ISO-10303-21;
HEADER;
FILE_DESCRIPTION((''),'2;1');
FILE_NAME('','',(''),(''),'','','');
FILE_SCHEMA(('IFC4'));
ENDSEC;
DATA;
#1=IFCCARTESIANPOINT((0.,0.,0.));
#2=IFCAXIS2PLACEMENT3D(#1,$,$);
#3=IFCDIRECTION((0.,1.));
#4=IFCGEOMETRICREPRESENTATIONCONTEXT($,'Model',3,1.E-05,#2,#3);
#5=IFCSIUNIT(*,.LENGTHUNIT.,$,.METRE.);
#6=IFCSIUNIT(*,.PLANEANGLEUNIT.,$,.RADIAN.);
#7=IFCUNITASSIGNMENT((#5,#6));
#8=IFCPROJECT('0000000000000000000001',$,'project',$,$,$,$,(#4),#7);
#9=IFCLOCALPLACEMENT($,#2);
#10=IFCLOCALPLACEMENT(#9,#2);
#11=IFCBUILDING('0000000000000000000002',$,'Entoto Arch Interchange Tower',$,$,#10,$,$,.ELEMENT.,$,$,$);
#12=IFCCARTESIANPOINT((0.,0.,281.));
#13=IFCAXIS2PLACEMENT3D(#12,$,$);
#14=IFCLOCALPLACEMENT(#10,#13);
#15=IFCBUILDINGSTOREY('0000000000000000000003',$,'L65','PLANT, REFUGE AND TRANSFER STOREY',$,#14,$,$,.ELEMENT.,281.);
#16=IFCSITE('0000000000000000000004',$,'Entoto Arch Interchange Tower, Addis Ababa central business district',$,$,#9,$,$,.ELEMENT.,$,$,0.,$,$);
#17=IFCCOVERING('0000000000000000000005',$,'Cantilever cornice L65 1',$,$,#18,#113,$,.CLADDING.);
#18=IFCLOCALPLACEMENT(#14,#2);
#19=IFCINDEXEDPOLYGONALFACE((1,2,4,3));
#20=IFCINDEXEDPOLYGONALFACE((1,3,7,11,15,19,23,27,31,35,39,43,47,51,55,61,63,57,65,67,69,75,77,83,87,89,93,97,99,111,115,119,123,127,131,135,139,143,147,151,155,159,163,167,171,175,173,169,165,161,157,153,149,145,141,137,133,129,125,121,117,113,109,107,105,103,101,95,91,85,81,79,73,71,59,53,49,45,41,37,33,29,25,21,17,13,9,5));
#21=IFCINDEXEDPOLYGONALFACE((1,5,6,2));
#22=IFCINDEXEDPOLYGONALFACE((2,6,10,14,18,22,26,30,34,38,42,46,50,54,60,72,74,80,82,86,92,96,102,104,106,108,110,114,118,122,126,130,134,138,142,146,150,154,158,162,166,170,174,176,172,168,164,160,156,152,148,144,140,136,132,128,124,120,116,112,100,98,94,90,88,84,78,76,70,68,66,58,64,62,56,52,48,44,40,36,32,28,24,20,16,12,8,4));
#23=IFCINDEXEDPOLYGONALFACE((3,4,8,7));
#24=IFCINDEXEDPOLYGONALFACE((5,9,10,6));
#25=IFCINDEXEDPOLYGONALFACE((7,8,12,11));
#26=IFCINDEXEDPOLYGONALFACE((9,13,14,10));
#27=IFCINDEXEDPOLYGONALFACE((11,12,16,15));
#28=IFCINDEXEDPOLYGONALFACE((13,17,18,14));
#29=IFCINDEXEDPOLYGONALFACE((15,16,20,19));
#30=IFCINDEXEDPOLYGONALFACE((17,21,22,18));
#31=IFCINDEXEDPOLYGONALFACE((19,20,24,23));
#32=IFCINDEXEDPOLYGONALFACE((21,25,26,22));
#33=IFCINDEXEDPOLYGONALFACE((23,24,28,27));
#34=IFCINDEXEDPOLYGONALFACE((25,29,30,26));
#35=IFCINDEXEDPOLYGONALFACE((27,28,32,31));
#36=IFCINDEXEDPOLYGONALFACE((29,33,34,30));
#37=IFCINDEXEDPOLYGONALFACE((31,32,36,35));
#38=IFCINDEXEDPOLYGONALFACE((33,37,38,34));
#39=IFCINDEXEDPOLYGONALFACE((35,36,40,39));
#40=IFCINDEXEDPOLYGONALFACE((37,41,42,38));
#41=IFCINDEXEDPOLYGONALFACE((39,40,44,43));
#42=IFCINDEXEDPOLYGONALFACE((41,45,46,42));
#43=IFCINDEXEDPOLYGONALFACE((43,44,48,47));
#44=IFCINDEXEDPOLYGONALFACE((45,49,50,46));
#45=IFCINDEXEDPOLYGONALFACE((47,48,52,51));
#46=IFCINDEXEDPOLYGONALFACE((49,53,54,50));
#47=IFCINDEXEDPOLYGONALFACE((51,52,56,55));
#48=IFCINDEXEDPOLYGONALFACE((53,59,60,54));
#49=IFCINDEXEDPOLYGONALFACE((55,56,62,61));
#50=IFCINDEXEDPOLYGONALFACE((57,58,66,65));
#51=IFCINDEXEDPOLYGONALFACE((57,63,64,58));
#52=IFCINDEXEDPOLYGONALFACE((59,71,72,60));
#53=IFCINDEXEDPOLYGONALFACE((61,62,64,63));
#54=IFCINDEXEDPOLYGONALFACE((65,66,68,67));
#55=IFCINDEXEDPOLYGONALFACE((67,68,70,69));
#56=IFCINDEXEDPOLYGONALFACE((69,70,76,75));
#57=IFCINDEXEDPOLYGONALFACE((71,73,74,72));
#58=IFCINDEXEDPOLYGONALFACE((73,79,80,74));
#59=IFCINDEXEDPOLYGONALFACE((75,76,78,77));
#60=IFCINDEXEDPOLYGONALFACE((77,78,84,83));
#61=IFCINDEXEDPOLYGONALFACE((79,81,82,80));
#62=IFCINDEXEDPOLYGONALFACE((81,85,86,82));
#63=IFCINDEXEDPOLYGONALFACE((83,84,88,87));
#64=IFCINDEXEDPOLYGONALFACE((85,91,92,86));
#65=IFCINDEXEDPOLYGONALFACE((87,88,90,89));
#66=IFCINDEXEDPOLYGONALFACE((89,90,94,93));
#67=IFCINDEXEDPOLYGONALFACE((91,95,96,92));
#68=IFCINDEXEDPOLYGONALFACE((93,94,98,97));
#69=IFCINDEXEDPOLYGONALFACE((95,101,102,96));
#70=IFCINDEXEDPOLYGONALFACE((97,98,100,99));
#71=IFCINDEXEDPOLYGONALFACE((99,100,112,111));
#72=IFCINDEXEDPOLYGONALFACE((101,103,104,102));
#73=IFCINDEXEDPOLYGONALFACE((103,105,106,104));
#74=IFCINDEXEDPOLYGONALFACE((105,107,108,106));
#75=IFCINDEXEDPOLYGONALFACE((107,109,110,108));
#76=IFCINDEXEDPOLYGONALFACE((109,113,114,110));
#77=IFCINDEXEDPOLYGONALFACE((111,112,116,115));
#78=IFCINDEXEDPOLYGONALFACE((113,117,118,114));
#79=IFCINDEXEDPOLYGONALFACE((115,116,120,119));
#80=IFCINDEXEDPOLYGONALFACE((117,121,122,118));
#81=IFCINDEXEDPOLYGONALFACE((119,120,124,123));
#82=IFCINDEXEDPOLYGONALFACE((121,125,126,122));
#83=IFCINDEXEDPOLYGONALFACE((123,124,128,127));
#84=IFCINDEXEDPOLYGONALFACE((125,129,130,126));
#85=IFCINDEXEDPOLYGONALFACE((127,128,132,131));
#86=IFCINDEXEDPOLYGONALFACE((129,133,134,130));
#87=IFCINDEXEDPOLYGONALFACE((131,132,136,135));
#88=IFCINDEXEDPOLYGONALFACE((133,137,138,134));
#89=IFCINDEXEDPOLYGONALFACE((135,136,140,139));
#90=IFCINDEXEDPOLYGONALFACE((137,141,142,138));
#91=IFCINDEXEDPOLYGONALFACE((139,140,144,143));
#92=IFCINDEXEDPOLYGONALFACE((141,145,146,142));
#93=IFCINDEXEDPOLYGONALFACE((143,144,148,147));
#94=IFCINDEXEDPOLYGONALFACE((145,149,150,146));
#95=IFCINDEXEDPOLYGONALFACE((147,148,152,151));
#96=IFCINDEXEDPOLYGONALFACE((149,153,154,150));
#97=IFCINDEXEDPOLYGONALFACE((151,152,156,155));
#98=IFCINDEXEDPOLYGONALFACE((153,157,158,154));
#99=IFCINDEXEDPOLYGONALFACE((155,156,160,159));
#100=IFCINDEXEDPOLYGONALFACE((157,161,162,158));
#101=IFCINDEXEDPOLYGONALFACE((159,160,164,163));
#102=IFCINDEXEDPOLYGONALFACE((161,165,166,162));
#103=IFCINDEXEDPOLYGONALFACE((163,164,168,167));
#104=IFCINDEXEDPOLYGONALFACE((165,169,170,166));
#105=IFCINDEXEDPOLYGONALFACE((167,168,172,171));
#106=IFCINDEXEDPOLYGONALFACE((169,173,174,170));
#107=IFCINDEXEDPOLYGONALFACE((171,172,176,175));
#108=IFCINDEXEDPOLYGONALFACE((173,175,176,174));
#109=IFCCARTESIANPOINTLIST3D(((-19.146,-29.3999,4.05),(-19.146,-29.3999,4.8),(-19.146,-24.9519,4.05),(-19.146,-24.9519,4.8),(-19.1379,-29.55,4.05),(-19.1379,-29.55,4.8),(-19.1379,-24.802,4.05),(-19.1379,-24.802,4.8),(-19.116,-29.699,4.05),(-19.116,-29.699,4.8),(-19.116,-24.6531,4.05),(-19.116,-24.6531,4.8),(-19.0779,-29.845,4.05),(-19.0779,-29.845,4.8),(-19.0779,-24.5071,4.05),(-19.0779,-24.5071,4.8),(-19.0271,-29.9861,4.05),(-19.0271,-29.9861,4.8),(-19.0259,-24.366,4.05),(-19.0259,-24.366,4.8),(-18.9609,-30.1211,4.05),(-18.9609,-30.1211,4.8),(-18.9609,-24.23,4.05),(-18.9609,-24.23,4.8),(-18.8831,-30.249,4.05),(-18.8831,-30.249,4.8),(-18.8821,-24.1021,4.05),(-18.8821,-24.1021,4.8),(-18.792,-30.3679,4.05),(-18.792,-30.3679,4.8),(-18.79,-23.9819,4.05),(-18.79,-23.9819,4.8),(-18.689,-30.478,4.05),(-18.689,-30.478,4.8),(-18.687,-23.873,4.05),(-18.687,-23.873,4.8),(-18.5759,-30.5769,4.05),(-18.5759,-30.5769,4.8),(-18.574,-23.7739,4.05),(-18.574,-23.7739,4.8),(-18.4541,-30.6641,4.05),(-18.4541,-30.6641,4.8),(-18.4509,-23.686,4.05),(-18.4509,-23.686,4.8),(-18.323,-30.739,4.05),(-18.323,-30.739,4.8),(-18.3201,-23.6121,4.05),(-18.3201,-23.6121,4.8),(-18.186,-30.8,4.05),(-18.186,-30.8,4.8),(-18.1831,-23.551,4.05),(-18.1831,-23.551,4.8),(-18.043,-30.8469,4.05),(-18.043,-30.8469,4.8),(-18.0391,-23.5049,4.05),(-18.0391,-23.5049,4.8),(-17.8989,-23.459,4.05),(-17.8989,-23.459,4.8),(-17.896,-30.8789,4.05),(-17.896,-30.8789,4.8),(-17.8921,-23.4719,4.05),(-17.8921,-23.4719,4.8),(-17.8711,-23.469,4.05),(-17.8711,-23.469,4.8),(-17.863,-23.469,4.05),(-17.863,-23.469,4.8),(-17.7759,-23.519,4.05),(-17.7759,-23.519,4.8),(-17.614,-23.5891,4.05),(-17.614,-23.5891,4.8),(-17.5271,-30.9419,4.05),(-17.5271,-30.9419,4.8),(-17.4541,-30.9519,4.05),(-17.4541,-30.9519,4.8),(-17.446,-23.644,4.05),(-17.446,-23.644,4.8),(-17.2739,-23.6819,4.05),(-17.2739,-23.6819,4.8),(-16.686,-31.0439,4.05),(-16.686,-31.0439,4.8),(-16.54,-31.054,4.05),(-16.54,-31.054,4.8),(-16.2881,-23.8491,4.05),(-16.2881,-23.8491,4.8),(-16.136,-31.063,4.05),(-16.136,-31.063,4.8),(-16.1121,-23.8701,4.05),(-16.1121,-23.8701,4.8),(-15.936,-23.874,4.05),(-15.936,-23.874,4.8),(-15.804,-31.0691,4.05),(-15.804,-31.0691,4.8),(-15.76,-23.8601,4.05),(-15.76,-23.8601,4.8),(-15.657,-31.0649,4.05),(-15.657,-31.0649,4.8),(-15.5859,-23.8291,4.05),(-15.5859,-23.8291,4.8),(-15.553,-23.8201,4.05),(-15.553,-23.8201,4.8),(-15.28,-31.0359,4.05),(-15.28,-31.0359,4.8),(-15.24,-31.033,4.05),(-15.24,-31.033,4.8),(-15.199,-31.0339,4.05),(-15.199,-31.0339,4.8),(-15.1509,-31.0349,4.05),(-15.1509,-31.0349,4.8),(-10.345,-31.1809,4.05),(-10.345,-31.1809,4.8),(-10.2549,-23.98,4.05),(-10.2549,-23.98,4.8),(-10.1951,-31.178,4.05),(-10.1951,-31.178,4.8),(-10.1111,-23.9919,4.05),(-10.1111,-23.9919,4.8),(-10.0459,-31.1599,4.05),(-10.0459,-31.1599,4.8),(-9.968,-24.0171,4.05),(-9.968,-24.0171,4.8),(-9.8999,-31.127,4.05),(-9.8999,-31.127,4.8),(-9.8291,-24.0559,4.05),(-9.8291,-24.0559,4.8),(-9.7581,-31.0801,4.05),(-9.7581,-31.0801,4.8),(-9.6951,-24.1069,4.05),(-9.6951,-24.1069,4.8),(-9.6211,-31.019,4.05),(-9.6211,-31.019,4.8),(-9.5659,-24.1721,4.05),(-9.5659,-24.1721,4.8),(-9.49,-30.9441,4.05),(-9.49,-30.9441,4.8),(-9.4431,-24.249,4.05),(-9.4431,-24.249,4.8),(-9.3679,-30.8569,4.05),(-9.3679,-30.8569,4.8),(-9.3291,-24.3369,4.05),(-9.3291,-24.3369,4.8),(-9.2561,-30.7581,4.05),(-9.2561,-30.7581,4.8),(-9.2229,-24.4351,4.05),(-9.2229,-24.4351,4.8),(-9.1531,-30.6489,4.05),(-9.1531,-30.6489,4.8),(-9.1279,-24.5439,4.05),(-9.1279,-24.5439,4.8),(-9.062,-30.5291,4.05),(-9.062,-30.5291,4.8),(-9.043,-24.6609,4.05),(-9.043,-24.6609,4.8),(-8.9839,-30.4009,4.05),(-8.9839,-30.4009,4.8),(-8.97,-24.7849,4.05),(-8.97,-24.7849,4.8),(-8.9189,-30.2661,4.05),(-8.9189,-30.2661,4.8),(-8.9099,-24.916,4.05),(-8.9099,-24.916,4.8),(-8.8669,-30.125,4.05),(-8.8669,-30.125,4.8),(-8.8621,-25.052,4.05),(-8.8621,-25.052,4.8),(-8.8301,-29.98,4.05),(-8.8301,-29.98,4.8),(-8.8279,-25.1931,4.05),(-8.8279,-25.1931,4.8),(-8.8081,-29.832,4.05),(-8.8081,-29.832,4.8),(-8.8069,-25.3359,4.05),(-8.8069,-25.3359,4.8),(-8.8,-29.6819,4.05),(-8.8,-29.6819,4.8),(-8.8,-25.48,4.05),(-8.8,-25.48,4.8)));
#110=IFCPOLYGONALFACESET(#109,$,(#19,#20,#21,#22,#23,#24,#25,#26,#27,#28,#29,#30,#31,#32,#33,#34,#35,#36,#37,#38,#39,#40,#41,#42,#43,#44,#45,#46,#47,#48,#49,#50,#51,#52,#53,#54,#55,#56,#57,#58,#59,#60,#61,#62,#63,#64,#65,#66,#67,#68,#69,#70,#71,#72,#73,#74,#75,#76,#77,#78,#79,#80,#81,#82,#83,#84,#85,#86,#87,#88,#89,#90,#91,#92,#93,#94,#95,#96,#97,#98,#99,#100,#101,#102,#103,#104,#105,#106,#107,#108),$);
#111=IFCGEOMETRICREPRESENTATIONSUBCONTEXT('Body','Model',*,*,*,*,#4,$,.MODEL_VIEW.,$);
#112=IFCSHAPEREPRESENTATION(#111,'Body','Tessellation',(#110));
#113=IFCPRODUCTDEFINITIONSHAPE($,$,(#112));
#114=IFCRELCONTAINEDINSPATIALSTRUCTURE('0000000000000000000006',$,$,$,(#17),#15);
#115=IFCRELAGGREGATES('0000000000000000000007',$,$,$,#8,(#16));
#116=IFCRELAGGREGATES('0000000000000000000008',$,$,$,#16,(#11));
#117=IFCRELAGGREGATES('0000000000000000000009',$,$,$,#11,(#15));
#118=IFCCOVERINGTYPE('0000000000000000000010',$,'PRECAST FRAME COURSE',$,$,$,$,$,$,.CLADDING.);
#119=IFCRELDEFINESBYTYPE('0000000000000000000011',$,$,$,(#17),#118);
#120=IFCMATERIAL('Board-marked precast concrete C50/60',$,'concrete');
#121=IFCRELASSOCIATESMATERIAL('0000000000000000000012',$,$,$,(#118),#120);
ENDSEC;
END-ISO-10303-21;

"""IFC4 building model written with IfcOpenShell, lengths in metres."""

from ifc_helpers import new_model, si_unit, direction, frame, origin, place, context, subcontext, project, spatial, polyline, outline, extrude, material, type_object, element, save


model = new_model("IFC4")

# Units and contexts
model_context = context("Model", 3, precision=1e-05, world=origin(), true_north=direction((0.0, 1.0)))
body_context = subcontext(model_context, "Body", "Model", "MODEL_VIEW")
ifc_project = project(units=[si_unit("LENGTHUNIT", "METRE"), si_unit("PLANEANGLEUNIT", "RADIAN")], contexts=[model_context])

# Site, building, storey
site_placement = place(None, origin())
site = spatial("IfcSite", under=ifc_project, at=site_placement, Name="Entoto Arch Interchange Tower, Addis Ababa central business district", CompositionType="ELEMENT", RefElevation=0.0)
building_placement = place(site_placement, origin())
building = spatial("IfcBuilding", under=site, at=building_placement, Name="Entoto Arch Interchange Tower", CompositionType="ELEMENT")
storey_placement = place(building_placement, frame((0.0, 0.0, 281.0)))
storey = spatial("IfcBuildingStorey", under=building, at=storey_placement, Name="L65", Description="PLANT, REFUGE AND TRANSFER STOREY", CompositionType="ELEMENT", Elevation=281.0)

# Covering
ifc_material_1 = material(Name="Board-marked precast concrete C50/60", Category="concrete")
covering_type_1 = type_object("IfcCoveringType", Name="PRECAST FRAME COURSE", PredefinedType="CLADDING", material=ifc_material_1)
covering_1_placement = place(storey_placement, frame((0.0, 0.0, 4.05)))
element("IfcCovering", 1, at=covering_1_placement, inside=storey, type_object=covering_type_1, Name="Cantilever cornice L65 1", PredefinedType="CLADDING", context=body_context, shape_type="SweptSolid", body=[
    extrude(outline(polyline([(-9.6951, -24.1069), (-9.5659, -24.1721), (-9.4431, -24.249), (-9.3291, -24.3369), (-9.2229, -24.4351), (-9.1279, -24.5439), (-9.043, -24.6609), (-8.97, -24.7849), (-8.9099, -24.916), (-8.8621, -25.052), (-8.8279, -25.1931), (-8.8069, -25.3359), (-8.8, -25.48), (-8.8, -29.6819), (-8.8081, -29.832), (-8.8301, -29.98), (-8.8669, -30.125), (-8.9189, -30.2661), (-8.9839, -30.4009), (-9.062, -30.5291), (-9.1531, -30.6489), (-9.2561, -30.7581), (-9.3679, -30.8569), (-9.49, -30.9441), (-9.6211, -31.019), (-9.7581, -31.0801), (-9.8999, -31.127), (-10.0459, -31.1599), (-10.1951, -31.178), (-10.345, -31.1809), (-15.1509, -31.0349), (-15.199, -31.0339), (-15.24, -31.033), (-15.28, -31.0359), (-15.657, -31.0649), (-15.804, -31.0691), (-16.136, -31.063), (-16.54, -31.054), (-16.686, -31.0439), (-17.4541, -30.9519), (-17.5271, -30.9419), (-17.896, -30.8789), (-18.043, -30.8469), (-18.186, -30.8), (-18.323, -30.739), (-18.4541, -30.6641), (-18.5759, -30.5769), (-18.689, -30.478), (-18.792, -30.3679), (-18.8831, -30.249), (-18.9609, -30.1211), (-19.0271, -29.9861), (-19.0779, -29.845), (-19.116, -29.699), (-19.1379, -29.55), (-19.146, -29.3999), (-19.146, -24.9519), (-19.1379, -24.802), (-19.116, -24.6531), (-19.0779, -24.5071), (-19.0259, -24.366), (-18.9609, -24.23), (-18.8821, -24.1021), (-18.79, -23.9819), (-18.687, -23.873), (-18.574, -23.7739), (-18.4509, -23.686), (-18.3201, -23.6121), (-18.1831, -23.551), (-18.0391, -23.5049), (-17.8921, -23.4719), (-17.8711, -23.469), (-17.8989, -23.459), (-17.863, -23.469), (-17.7759, -23.519), (-17.614, -23.5891), (-17.446, -23.644), (-17.2739, -23.6819), (-16.2881, -23.8491), (-16.1121, -23.8701), (-15.936, -23.874), (-15.76, -23.8601), (-15.5859, -23.8291), (-15.553, -23.8201), (-10.2549, -23.98), (-10.1111, -23.9919), (-9.968, -24.0171), (-9.8291, -24.0559), (-9.6951, -24.1069)])), origin(), (0.0, 0.0, 1.0), 0.75),
])

save(model, "model.ifc")
